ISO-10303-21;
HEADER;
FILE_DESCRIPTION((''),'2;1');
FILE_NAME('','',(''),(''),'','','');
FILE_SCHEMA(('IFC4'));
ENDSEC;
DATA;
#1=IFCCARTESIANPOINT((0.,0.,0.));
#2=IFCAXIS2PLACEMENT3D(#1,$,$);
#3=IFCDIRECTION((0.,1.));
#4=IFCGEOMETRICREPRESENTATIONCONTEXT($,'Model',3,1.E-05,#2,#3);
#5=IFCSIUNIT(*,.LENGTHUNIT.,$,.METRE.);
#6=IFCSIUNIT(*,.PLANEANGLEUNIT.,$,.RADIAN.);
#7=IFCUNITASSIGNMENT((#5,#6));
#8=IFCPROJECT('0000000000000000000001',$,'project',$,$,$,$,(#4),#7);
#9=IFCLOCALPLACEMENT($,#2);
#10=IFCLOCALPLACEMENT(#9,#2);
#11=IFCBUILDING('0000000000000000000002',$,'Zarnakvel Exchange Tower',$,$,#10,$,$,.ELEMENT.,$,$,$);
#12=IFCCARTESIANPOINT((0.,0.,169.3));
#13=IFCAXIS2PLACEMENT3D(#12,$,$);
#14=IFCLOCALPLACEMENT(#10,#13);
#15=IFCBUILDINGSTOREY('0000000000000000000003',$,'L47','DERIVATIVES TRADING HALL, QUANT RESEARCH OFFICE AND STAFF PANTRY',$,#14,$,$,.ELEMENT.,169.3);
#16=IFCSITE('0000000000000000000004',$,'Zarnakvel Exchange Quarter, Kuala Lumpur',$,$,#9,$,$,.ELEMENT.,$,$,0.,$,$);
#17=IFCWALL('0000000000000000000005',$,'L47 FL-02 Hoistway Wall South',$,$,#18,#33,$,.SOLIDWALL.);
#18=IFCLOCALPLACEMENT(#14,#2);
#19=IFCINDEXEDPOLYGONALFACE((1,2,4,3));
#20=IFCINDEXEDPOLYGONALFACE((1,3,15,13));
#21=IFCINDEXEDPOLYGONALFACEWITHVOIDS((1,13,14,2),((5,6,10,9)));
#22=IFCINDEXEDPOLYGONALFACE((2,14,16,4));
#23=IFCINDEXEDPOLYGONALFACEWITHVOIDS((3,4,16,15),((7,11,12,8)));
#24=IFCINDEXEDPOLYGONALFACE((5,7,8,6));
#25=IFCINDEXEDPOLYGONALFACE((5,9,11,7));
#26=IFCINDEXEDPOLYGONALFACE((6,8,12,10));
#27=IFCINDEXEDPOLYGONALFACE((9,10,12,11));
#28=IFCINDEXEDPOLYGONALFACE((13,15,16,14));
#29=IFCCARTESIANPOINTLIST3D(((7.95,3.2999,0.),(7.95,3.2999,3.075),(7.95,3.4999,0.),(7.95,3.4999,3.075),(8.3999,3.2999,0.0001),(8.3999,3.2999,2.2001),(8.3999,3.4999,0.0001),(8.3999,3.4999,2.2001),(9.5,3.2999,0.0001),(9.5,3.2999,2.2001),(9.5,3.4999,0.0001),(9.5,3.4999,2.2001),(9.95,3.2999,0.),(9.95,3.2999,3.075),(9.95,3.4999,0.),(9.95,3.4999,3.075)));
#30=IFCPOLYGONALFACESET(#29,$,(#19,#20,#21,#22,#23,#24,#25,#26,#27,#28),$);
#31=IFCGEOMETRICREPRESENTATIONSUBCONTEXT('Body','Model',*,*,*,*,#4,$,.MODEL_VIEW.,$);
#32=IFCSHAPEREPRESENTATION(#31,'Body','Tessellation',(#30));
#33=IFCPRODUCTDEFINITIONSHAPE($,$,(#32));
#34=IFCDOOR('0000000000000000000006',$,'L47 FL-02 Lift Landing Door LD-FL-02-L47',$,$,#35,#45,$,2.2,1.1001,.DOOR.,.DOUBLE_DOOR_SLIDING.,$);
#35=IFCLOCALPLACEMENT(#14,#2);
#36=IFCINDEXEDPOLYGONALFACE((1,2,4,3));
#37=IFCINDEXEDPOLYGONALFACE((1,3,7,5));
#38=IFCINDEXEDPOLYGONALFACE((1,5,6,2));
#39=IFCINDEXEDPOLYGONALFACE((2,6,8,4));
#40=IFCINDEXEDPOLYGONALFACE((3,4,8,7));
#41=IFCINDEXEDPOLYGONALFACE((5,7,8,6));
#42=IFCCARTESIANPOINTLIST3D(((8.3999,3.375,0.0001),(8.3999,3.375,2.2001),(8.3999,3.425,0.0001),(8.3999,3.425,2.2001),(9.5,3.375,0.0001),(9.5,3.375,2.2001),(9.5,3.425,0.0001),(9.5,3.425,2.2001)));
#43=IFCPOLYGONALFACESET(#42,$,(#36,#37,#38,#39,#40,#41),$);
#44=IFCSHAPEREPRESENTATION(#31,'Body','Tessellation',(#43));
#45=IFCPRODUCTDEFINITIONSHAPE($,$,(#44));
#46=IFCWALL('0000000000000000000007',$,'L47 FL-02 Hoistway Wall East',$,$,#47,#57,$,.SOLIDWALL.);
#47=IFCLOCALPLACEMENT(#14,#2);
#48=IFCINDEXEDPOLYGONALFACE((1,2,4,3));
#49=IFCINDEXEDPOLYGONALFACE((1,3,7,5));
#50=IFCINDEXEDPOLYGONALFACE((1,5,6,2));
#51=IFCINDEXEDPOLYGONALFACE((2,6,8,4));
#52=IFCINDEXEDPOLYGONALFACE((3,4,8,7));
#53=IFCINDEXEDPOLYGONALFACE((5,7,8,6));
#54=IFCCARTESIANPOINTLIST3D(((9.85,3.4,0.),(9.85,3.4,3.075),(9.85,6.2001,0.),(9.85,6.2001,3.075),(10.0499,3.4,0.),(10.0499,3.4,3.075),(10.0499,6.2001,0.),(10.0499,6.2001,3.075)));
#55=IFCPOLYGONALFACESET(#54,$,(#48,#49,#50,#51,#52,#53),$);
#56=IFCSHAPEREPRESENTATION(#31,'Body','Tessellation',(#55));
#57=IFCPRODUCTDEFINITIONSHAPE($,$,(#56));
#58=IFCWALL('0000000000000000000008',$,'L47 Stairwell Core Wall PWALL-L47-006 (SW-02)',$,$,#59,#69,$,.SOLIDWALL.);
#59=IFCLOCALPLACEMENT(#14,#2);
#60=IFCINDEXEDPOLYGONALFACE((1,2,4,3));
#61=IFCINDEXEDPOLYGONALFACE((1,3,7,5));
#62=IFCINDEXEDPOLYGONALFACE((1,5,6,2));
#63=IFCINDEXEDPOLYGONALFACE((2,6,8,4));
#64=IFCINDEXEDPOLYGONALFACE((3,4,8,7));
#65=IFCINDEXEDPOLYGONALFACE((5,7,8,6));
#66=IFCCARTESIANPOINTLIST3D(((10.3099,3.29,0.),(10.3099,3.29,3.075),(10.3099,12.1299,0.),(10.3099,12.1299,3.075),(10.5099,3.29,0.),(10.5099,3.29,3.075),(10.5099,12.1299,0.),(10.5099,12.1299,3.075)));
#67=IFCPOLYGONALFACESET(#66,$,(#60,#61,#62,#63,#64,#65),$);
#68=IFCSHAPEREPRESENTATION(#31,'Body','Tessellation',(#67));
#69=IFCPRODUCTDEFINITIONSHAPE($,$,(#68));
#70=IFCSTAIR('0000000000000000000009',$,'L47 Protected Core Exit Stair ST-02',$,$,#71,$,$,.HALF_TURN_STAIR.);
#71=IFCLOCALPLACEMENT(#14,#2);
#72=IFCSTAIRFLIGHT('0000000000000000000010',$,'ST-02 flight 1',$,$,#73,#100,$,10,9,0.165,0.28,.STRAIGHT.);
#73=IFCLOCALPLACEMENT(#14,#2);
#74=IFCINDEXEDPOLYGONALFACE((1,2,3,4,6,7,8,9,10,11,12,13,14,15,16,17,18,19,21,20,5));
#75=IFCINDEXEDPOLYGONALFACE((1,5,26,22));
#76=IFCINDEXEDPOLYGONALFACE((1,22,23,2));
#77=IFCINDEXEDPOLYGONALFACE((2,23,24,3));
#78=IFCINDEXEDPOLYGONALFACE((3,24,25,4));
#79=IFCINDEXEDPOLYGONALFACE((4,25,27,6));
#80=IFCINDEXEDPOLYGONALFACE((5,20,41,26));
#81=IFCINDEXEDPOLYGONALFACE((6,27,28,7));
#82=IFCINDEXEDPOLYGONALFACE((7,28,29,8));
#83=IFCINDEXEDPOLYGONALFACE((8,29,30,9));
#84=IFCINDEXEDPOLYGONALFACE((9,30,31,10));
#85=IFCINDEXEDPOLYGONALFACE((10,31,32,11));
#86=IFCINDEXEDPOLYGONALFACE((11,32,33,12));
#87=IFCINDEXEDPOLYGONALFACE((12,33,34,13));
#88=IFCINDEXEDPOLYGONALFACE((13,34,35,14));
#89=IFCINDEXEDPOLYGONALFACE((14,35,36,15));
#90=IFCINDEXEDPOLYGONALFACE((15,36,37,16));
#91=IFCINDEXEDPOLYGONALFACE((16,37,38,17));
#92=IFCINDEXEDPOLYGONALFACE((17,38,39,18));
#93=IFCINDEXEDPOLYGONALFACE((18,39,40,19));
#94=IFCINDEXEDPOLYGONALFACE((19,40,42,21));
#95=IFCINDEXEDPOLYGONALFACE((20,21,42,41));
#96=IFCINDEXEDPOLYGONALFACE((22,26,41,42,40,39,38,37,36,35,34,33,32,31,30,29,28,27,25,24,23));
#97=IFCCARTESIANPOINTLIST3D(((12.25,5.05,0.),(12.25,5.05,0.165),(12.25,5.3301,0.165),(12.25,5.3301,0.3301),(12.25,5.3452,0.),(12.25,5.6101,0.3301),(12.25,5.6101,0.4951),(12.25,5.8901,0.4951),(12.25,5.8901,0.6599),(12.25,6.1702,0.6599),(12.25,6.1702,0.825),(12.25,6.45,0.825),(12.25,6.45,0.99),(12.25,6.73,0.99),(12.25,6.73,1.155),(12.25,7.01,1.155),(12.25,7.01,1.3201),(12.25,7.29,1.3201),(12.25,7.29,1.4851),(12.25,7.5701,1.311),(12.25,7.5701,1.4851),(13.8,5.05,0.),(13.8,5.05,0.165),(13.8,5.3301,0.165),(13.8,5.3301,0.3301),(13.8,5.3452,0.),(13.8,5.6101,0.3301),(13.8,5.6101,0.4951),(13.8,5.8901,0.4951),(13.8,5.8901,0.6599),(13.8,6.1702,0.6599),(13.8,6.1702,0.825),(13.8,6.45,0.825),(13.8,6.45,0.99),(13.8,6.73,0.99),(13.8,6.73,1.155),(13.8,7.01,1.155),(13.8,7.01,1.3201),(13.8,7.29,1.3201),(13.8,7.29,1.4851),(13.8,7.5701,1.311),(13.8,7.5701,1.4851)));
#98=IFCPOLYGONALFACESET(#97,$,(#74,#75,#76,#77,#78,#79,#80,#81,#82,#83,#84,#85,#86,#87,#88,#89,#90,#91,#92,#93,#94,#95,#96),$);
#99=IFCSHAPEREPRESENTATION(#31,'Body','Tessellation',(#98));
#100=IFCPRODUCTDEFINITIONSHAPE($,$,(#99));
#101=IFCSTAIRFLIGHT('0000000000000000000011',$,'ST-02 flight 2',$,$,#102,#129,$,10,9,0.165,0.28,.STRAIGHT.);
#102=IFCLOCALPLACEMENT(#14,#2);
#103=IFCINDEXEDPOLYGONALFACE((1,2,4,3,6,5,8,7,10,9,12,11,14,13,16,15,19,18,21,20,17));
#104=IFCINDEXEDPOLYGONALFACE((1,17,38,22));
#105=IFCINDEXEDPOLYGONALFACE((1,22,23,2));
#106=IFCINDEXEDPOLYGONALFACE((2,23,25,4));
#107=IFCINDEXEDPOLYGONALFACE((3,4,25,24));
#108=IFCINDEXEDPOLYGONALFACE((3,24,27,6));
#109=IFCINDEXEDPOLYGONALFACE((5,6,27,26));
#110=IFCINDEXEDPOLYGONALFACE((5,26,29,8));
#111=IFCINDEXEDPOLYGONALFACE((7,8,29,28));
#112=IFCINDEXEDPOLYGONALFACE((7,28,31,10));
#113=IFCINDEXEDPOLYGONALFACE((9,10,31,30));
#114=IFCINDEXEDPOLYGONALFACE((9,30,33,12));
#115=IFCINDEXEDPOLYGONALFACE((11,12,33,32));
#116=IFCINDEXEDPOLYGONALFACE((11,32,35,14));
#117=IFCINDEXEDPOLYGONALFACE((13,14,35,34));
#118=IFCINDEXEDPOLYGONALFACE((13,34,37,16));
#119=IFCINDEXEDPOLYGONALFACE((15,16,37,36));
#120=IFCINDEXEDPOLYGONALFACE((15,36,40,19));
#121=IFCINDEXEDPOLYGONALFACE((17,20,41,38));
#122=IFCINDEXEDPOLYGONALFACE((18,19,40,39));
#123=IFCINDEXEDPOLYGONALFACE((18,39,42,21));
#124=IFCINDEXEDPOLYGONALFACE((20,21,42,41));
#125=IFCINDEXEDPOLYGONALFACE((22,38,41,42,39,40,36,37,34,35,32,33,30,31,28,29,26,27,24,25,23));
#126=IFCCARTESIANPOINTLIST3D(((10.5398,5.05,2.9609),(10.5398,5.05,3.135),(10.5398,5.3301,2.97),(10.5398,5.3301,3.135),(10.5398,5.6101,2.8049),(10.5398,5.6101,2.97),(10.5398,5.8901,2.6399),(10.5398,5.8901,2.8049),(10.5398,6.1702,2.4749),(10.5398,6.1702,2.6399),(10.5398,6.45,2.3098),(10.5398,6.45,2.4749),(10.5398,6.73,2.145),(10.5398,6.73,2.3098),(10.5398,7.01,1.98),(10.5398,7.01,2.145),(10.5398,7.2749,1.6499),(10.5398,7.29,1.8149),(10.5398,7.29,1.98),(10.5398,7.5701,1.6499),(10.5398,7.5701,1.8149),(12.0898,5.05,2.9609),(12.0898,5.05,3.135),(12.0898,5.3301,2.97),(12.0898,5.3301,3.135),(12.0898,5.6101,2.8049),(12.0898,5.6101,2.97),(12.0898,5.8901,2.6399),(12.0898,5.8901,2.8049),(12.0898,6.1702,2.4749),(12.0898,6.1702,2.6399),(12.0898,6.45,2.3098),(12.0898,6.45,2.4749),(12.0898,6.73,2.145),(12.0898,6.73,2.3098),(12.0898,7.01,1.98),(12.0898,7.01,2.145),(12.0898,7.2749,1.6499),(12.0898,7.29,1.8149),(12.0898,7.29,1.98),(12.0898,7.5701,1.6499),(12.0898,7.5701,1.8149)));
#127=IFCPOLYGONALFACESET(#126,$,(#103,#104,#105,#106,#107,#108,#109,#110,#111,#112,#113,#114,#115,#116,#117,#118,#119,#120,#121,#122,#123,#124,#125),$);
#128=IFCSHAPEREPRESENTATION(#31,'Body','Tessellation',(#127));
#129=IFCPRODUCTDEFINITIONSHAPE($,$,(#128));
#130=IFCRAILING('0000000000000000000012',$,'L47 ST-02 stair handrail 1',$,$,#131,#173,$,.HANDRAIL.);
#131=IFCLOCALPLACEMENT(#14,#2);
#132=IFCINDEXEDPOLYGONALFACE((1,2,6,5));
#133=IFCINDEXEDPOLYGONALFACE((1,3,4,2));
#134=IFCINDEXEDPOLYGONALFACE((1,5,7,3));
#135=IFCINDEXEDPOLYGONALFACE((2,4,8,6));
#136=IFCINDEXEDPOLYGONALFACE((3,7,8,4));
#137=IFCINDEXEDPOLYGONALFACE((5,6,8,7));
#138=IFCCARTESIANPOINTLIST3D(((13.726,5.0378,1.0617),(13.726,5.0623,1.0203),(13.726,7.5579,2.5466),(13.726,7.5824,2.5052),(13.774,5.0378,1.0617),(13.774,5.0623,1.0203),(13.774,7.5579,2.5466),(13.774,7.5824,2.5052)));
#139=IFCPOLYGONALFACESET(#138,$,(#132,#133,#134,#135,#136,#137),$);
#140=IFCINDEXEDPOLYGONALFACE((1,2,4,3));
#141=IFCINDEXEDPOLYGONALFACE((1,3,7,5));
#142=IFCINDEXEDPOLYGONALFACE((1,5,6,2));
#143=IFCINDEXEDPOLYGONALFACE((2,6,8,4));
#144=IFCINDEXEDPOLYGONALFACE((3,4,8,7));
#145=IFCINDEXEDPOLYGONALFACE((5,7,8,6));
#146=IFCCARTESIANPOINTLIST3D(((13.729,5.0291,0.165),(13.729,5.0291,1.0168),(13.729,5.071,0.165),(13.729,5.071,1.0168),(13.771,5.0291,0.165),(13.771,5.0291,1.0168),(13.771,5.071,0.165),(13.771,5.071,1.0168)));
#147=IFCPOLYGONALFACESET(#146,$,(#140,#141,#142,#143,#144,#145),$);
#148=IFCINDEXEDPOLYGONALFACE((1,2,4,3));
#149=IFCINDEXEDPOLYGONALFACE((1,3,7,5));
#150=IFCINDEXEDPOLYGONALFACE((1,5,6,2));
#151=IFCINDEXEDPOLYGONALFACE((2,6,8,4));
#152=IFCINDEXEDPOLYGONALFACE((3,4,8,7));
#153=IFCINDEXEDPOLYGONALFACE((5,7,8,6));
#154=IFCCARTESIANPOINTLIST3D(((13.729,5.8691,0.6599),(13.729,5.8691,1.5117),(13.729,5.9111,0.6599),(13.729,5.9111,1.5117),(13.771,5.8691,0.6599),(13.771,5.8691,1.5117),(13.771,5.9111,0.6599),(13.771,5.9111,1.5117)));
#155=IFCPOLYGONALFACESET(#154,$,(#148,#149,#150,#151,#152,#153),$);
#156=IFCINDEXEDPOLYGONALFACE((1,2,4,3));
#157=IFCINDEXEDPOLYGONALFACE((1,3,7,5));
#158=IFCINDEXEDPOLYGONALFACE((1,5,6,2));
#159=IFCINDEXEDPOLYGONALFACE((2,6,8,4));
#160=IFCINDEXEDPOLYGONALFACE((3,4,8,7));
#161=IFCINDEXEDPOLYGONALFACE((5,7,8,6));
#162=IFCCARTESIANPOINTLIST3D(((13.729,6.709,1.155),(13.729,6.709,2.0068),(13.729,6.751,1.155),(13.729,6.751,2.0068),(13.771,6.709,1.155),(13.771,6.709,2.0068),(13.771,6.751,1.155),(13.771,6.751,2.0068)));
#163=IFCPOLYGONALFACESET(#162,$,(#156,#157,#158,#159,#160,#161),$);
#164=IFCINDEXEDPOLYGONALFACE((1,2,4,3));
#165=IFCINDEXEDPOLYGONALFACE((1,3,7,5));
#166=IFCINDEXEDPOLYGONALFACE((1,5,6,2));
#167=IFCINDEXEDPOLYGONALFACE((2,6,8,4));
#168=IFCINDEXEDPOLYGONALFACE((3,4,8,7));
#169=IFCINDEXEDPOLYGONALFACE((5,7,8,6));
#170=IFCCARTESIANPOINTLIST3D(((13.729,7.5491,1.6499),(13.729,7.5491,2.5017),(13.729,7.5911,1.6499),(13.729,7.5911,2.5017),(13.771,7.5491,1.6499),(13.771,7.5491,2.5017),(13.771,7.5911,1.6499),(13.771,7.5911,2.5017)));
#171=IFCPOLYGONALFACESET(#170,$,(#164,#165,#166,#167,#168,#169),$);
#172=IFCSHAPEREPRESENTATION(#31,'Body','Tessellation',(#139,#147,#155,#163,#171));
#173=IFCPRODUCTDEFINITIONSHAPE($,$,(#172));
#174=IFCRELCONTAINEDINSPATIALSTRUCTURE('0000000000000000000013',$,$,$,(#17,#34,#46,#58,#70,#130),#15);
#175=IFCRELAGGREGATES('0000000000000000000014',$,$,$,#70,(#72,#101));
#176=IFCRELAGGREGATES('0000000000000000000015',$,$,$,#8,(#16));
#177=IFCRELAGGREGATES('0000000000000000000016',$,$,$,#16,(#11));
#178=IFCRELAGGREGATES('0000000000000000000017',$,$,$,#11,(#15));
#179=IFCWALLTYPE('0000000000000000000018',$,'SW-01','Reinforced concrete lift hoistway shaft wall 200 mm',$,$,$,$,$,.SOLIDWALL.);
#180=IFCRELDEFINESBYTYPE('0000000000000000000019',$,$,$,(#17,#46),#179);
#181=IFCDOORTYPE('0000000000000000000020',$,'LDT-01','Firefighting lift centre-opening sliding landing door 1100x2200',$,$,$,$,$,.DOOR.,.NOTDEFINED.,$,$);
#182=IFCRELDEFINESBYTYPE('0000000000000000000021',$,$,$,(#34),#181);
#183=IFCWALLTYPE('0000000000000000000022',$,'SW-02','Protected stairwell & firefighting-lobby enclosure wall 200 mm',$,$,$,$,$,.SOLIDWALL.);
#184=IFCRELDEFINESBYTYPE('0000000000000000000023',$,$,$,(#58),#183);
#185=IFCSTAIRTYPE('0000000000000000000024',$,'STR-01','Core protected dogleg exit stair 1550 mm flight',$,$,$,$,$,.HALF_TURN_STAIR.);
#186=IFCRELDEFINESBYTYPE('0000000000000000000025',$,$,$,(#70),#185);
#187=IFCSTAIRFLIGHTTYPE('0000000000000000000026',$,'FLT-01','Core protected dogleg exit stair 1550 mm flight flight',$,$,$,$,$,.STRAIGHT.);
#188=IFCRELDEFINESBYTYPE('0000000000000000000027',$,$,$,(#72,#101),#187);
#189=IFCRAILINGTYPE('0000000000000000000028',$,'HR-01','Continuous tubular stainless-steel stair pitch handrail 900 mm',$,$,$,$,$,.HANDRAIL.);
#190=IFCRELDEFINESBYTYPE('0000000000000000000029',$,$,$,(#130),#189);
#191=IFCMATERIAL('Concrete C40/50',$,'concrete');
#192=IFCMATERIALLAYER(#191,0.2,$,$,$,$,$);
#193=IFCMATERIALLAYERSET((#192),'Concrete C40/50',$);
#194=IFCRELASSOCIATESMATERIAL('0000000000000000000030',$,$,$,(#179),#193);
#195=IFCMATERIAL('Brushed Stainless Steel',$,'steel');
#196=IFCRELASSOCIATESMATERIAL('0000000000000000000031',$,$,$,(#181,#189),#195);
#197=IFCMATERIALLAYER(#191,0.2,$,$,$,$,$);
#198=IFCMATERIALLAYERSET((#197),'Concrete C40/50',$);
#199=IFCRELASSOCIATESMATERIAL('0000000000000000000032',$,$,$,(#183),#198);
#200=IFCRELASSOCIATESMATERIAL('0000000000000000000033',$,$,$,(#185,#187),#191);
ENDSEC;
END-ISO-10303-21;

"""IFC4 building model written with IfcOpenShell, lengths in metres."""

from ifc_helpers import new_model, si_unit, direction, frame, frame_2d, origin, origin_2d, place, context, subcontext, project, spatial, polyline, rectangle, outline, extrude, source, transform, mapped, material, layer, layer_set, type_object, element, fill, aggregate, save


model = new_model("IFC4")

# Units and contexts
model_context = context("Model", 3, precision=1e-05, world=origin(), true_north=direction((0.0, 1.0)))
body_context = subcontext(model_context, "Body", "Model", "MODEL_VIEW")
ifc_project = project(units=[si_unit("LENGTHUNIT", "METRE"), si_unit("PLANEANGLEUNIT", "RADIAN")], contexts=[model_context])

# Site, building, storey
site_placement = place(None, origin())
site = spatial("IfcSite", under=ifc_project, at=site_placement, Name="Zarnakvel Exchange Quarter, Kuala Lumpur", CompositionType="ELEMENT", RefElevation=0.0)
building_placement = place(site_placement, origin())
building = spatial("IfcBuilding", under=site, at=building_placement, Name="Zarnakvel Exchange Tower", CompositionType="ELEMENT")
storey_placement = place(building_placement, frame((0.0, 0.0, 169.3)))
storey = spatial("IfcBuildingStorey", under=building, at=storey_placement, Name="L47", Description="DERIVATIVES TRADING HALL, QUANT RESEARCH OFFICE AND STAFF PANTRY", CompositionType="ELEMENT", Elevation=169.3)

# Wall, opening, door
ifc_material_1 = material(Name="Concrete C40/50", Category="concrete")
ifc_layer_1 = layer(ifc_material_1, 0.2)
ifc_layer_set_1 = layer_set([ifc_layer_1], Name="Concrete C40/50")
wall_type_1 = type_object("IfcWallType", Name="SW-01", Description="Reinforced concrete lift hoistway shaft wall 200 mm", PredefinedType="SOLIDWALL", material=ifc_layer_set_1)
wall_1_placement = place(storey_placement, frame((9.95, 3.3999, 0.0), z_axis=(0.0, 0.0, 1.0), x_axis=(-1.0, 0.0, 0.0)))
wall_1 = element("IfcWall", 1, at=wall_1_placement, inside=storey, type_object=wall_type_1, Name="L47 FL-02 Hoistway Wall South", PredefinedType="SOLIDWALL", context=body_context, shape_type="SweptSolid", body=[
    extrude(rectangle(XDim=2.0, YDim=0.2, at=frame_2d((1.0, 0.0))), origin(), (0.0, 0.0, 1.0), 3.075),
])
opening_1_placement = place(wall_1_placement, frame((0.45, 0.0, 0.0)))
opening_1 = element("IfcOpeningElement", 2, at=opening_1_placement, cuts=wall_1, PredefinedType="OPENING", context=body_context, shape_type="SweptSolid", body=[
    extrude(rectangle(XDim=1.1001, YDim=2.2, at=frame_2d((0.55, 1.1001))), frame((0.0, 0.1099, 0.0), z_axis=(0.0, -1.0, 0.0), x_axis=(1.0, 0.0, 0.0)), (0.0, 0.0, 1.0), 0.22),
])
ifc_material_2 = material(Name="Brushed Stainless Steel", Category="steel")
door_type_1 = type_object("IfcDoorType", Name="LDT-01", Description="Firefighting lift centre-opening sliding landing door 1100x2200", OperationType="NOTDEFINED", PredefinedType="DOOR", material=ifc_material_2)
shared_shape_1 = source(origin(), body_context, "Body", "SweptSolid", [
    extrude(rectangle(XDim=1.1001, YDim=2.2, at=frame_2d((0.55, 1.1001))), frame((0.0, 0.0249, 0.0), z_axis=(0.0, -1.0, 0.0), x_axis=(1.0, 0.0, 0.0)), (0.0, 0.0, 1.0), 0.05),
])
door_1_placement = place(opening_1_placement, origin())
door_1 = element("IfcDoor", 3, at=door_1_placement, inside=storey, type_object=door_type_1, Name="L47 FL-02 Lift Landing Door LD-FL-02-L47", OperationType="DOUBLE_DOOR_SLIDING", OverallHeight=2.2, OverallWidth=1.1001, PredefinedType="DOOR", context=body_context, shape_type="MappedRepresentation", body=[
    mapped(shared_shape_1, transform((0.0, 0.0, 0.0), x_axis=(1.0, 0.0, 0.0), y_axis=(0.0, 1.0, 0.0), z_axis=(0.0, 0.0, 1.0), scale=1.0)),
])
fill(opening_1, door_1)

# Wall
wall_2_placement = place(storey_placement, frame((9.95, 6.2, 0.0), z_axis=(0.0, 0.0, 1.0), x_axis=(0.0, -1.0, 0.0)))
element("IfcWall", 4, at=wall_2_placement, inside=storey, type_object=wall_type_1, Name="L47 FL-02 Hoistway Wall East", PredefinedType="SOLIDWALL", context=body_context, shape_type="SweptSolid", body=[
    extrude(rectangle(XDim=2.8, YDim=0.2, at=frame_2d((1.3999, 0.0))), origin(), (0.0, 0.0, 1.0), 3.075),
])

# Shared definitions
ifc_layer_2 = layer(ifc_material_1, 0.2)
ifc_layer_set_2 = layer_set([ifc_layer_2], Name="Concrete C40/50")
wall_type_2 = type_object("IfcWallType", Name="SW-02", Description="Protected stairwell & firefighting-lobby enclosure wall 200 mm", PredefinedType="SOLIDWALL", material=ifc_layer_set_2)

# Wall
wall_3_placement = place(storey_placement, frame((10.4099, 3.29, 0.0), z_axis=(0.0, 0.0, 1.0), x_axis=(0.0, 1.0, 0.0)))
element("IfcWall", 5, at=wall_3_placement, inside=storey, type_object=wall_type_2, Name="L47 Stairwell Core Wall PWALL-L47-006 (SW-02)", PredefinedType="SOLIDWALL", context=body_context, shape_type="SweptSolid", body=[
    extrude(rectangle(XDim=8.8398, YDim=0.2, at=frame_2d((4.4199, 0.0))), origin(), (0.0, 0.0, 1.0), 3.075),
])

# Stair, stair flights
stair_type = type_object("IfcStairType", Name="STR-01", Description="Core protected dogleg exit stair 1550 mm flight", PredefinedType="HALF_TURN_STAIR", material=ifc_material_1)
stair_placement = place(storey_placement, origin())
stair = element("IfcStair", 6, at=stair_placement, inside=storey, type_object=stair_type, Name="L47 Protected Core Exit Stair ST-02", PredefinedType="HALF_TURN_STAIR")
stair_flight_type = type_object("IfcStairFlightType", Name="FLT-01", Description="Core protected dogleg exit stair 1550 mm flight flight", PredefinedType="STRAIGHT", material=ifc_material_1)
stair_flight_1_placement = place(storey_placement, frame((13.0249, 5.05, 0.0), z_axis=(0.0, 0.0, 1.0), x_axis=(0.0, 1.0, 0.0)))
stair_flight_1 = element("IfcStairFlight", 7, at=stair_flight_1_placement, type_object=stair_flight_type, Name="ST-02 flight 1", NumberOfRisers=10, NumberOfTreads=9, PredefinedType="STRAIGHT", RiserHeight=0.165, TreadLength=0.28, context=body_context, shape_type="SweptSolid", body=[
    extrude(outline(polyline([(0.0, 0.0), (0.0, 0.165), (0.28, 0.165), (0.28, 0.3301), (0.5601, 0.3301), (0.5601, 0.4951), (0.8401, 0.4951), (0.8401, 0.6599), (1.1201, 0.6599), (1.1201, 0.825), (1.3999, 0.825), (1.3999, 0.99), (1.6799, 0.99), (1.6799, 1.155), (1.96, 1.155), (1.96, 1.3201), (2.24, 1.3201), (2.24, 1.4851), (2.52, 1.4851), (2.52, 1.6499), (2.52, 1.311), (0.2952, 0.0), (0.0, 0.0)])), frame((0.0, 0.7749, 0.0), z_axis=(0.0, -1.0, 0.0), x_axis=(1.0, 0.0, 0.0)), (0.0, 0.0, 1.0), 1.55),
])
stair_flight_2_placement = place(storey_placement, frame((11.3149, 7.5701, 1.6499), z_axis=(0.0, 0.0, 1.0), x_axis=(0.0, -1.0, 0.0)))
stair_flight_2 = element("IfcStairFlight", 8, at=stair_flight_2_placement, type_object=stair_flight_type, Name="ST-02 flight 2", NumberOfRisers=10, NumberOfTreads=9, PredefinedType="STRAIGHT", RiserHeight=0.165, TreadLength=0.28, context=body_context, shape_type="SweptSolid", body=[
    extrude(outline(polyline([(0.0, 0.0), (0.0, 0.165), (0.28, 0.165), (0.28, 0.3301), (0.5601, 0.3301), (0.5601, 0.4951), (0.8401, 0.4951), (0.8401, 0.6599), (1.1201, 0.6599), (1.1201, 0.825), (1.3999, 0.825), (1.3999, 0.99), (1.6799, 0.99), (1.6799, 1.155), (1.96, 1.155), (1.96, 1.3201), (2.24, 1.3201), (2.24, 1.4851), (2.52, 1.4851), (2.52, 1.6499), (2.52, 1.311), (0.2952, 0.0), (0.0, 0.0)])), frame((0.0, 0.7749, 0.0), z_axis=(0.0, -1.0, 0.0), x_axis=(1.0, 0.0, 0.0)), (0.0, 0.0, 1.0), 1.55),
])
aggregate(stair, [stair_flight_1, stair_flight_2])

# Railing
railing_type_1 = type_object("IfcRailingType", Name="HR-01", Description="Continuous tubular stainless-steel stair pitch handrail 900 mm", PredefinedType="HANDRAIL", material=ifc_material_2)
railing_1_placement = place(storey_placement, frame((13.75, 5.05, 0.165)))
element("IfcRailing", 9, at=railing_1_placement, inside=storey, type_object=railing_type_1, Name="L47 ST-02 stair handrail 1", PredefinedType="HANDRAIL", context=body_context, shape_type="SweptSolid", body=[
    extrude(rectangle(XDim=0.0481, YDim=0.0481, at=origin_2d()), frame((0.0, 0.0, 0.876), z_axis=(0.0, 0.861561, 0.507655), x_axis=(-1.0, 0.0, 0.0)), (0.0, 0.0, 1.0), 2.925),
    extrude(rectangle(XDim=0.042, YDim=0.042, at=origin_2d()), origin(), (0.0, 0.0, 1.0), 0.8518),
    extrude(rectangle(XDim=0.042, YDim=0.042, at=origin_2d()), frame((0.0, 0.8401, 0.4949)), (0.0, 0.0, 1.0), 0.8518),
    extrude(rectangle(XDim=0.042, YDim=0.042, at=origin_2d()), frame((0.0, 1.6799, 0.99)), (0.0, 0.0, 1.0), 0.8518),
    extrude(rectangle(XDim=0.042, YDim=0.042, at=origin_2d()), frame((0.0, 2.52, 1.4849)), (0.0, 0.0, 1.0), 0.8518),
])

save(model, "model.ifc")
